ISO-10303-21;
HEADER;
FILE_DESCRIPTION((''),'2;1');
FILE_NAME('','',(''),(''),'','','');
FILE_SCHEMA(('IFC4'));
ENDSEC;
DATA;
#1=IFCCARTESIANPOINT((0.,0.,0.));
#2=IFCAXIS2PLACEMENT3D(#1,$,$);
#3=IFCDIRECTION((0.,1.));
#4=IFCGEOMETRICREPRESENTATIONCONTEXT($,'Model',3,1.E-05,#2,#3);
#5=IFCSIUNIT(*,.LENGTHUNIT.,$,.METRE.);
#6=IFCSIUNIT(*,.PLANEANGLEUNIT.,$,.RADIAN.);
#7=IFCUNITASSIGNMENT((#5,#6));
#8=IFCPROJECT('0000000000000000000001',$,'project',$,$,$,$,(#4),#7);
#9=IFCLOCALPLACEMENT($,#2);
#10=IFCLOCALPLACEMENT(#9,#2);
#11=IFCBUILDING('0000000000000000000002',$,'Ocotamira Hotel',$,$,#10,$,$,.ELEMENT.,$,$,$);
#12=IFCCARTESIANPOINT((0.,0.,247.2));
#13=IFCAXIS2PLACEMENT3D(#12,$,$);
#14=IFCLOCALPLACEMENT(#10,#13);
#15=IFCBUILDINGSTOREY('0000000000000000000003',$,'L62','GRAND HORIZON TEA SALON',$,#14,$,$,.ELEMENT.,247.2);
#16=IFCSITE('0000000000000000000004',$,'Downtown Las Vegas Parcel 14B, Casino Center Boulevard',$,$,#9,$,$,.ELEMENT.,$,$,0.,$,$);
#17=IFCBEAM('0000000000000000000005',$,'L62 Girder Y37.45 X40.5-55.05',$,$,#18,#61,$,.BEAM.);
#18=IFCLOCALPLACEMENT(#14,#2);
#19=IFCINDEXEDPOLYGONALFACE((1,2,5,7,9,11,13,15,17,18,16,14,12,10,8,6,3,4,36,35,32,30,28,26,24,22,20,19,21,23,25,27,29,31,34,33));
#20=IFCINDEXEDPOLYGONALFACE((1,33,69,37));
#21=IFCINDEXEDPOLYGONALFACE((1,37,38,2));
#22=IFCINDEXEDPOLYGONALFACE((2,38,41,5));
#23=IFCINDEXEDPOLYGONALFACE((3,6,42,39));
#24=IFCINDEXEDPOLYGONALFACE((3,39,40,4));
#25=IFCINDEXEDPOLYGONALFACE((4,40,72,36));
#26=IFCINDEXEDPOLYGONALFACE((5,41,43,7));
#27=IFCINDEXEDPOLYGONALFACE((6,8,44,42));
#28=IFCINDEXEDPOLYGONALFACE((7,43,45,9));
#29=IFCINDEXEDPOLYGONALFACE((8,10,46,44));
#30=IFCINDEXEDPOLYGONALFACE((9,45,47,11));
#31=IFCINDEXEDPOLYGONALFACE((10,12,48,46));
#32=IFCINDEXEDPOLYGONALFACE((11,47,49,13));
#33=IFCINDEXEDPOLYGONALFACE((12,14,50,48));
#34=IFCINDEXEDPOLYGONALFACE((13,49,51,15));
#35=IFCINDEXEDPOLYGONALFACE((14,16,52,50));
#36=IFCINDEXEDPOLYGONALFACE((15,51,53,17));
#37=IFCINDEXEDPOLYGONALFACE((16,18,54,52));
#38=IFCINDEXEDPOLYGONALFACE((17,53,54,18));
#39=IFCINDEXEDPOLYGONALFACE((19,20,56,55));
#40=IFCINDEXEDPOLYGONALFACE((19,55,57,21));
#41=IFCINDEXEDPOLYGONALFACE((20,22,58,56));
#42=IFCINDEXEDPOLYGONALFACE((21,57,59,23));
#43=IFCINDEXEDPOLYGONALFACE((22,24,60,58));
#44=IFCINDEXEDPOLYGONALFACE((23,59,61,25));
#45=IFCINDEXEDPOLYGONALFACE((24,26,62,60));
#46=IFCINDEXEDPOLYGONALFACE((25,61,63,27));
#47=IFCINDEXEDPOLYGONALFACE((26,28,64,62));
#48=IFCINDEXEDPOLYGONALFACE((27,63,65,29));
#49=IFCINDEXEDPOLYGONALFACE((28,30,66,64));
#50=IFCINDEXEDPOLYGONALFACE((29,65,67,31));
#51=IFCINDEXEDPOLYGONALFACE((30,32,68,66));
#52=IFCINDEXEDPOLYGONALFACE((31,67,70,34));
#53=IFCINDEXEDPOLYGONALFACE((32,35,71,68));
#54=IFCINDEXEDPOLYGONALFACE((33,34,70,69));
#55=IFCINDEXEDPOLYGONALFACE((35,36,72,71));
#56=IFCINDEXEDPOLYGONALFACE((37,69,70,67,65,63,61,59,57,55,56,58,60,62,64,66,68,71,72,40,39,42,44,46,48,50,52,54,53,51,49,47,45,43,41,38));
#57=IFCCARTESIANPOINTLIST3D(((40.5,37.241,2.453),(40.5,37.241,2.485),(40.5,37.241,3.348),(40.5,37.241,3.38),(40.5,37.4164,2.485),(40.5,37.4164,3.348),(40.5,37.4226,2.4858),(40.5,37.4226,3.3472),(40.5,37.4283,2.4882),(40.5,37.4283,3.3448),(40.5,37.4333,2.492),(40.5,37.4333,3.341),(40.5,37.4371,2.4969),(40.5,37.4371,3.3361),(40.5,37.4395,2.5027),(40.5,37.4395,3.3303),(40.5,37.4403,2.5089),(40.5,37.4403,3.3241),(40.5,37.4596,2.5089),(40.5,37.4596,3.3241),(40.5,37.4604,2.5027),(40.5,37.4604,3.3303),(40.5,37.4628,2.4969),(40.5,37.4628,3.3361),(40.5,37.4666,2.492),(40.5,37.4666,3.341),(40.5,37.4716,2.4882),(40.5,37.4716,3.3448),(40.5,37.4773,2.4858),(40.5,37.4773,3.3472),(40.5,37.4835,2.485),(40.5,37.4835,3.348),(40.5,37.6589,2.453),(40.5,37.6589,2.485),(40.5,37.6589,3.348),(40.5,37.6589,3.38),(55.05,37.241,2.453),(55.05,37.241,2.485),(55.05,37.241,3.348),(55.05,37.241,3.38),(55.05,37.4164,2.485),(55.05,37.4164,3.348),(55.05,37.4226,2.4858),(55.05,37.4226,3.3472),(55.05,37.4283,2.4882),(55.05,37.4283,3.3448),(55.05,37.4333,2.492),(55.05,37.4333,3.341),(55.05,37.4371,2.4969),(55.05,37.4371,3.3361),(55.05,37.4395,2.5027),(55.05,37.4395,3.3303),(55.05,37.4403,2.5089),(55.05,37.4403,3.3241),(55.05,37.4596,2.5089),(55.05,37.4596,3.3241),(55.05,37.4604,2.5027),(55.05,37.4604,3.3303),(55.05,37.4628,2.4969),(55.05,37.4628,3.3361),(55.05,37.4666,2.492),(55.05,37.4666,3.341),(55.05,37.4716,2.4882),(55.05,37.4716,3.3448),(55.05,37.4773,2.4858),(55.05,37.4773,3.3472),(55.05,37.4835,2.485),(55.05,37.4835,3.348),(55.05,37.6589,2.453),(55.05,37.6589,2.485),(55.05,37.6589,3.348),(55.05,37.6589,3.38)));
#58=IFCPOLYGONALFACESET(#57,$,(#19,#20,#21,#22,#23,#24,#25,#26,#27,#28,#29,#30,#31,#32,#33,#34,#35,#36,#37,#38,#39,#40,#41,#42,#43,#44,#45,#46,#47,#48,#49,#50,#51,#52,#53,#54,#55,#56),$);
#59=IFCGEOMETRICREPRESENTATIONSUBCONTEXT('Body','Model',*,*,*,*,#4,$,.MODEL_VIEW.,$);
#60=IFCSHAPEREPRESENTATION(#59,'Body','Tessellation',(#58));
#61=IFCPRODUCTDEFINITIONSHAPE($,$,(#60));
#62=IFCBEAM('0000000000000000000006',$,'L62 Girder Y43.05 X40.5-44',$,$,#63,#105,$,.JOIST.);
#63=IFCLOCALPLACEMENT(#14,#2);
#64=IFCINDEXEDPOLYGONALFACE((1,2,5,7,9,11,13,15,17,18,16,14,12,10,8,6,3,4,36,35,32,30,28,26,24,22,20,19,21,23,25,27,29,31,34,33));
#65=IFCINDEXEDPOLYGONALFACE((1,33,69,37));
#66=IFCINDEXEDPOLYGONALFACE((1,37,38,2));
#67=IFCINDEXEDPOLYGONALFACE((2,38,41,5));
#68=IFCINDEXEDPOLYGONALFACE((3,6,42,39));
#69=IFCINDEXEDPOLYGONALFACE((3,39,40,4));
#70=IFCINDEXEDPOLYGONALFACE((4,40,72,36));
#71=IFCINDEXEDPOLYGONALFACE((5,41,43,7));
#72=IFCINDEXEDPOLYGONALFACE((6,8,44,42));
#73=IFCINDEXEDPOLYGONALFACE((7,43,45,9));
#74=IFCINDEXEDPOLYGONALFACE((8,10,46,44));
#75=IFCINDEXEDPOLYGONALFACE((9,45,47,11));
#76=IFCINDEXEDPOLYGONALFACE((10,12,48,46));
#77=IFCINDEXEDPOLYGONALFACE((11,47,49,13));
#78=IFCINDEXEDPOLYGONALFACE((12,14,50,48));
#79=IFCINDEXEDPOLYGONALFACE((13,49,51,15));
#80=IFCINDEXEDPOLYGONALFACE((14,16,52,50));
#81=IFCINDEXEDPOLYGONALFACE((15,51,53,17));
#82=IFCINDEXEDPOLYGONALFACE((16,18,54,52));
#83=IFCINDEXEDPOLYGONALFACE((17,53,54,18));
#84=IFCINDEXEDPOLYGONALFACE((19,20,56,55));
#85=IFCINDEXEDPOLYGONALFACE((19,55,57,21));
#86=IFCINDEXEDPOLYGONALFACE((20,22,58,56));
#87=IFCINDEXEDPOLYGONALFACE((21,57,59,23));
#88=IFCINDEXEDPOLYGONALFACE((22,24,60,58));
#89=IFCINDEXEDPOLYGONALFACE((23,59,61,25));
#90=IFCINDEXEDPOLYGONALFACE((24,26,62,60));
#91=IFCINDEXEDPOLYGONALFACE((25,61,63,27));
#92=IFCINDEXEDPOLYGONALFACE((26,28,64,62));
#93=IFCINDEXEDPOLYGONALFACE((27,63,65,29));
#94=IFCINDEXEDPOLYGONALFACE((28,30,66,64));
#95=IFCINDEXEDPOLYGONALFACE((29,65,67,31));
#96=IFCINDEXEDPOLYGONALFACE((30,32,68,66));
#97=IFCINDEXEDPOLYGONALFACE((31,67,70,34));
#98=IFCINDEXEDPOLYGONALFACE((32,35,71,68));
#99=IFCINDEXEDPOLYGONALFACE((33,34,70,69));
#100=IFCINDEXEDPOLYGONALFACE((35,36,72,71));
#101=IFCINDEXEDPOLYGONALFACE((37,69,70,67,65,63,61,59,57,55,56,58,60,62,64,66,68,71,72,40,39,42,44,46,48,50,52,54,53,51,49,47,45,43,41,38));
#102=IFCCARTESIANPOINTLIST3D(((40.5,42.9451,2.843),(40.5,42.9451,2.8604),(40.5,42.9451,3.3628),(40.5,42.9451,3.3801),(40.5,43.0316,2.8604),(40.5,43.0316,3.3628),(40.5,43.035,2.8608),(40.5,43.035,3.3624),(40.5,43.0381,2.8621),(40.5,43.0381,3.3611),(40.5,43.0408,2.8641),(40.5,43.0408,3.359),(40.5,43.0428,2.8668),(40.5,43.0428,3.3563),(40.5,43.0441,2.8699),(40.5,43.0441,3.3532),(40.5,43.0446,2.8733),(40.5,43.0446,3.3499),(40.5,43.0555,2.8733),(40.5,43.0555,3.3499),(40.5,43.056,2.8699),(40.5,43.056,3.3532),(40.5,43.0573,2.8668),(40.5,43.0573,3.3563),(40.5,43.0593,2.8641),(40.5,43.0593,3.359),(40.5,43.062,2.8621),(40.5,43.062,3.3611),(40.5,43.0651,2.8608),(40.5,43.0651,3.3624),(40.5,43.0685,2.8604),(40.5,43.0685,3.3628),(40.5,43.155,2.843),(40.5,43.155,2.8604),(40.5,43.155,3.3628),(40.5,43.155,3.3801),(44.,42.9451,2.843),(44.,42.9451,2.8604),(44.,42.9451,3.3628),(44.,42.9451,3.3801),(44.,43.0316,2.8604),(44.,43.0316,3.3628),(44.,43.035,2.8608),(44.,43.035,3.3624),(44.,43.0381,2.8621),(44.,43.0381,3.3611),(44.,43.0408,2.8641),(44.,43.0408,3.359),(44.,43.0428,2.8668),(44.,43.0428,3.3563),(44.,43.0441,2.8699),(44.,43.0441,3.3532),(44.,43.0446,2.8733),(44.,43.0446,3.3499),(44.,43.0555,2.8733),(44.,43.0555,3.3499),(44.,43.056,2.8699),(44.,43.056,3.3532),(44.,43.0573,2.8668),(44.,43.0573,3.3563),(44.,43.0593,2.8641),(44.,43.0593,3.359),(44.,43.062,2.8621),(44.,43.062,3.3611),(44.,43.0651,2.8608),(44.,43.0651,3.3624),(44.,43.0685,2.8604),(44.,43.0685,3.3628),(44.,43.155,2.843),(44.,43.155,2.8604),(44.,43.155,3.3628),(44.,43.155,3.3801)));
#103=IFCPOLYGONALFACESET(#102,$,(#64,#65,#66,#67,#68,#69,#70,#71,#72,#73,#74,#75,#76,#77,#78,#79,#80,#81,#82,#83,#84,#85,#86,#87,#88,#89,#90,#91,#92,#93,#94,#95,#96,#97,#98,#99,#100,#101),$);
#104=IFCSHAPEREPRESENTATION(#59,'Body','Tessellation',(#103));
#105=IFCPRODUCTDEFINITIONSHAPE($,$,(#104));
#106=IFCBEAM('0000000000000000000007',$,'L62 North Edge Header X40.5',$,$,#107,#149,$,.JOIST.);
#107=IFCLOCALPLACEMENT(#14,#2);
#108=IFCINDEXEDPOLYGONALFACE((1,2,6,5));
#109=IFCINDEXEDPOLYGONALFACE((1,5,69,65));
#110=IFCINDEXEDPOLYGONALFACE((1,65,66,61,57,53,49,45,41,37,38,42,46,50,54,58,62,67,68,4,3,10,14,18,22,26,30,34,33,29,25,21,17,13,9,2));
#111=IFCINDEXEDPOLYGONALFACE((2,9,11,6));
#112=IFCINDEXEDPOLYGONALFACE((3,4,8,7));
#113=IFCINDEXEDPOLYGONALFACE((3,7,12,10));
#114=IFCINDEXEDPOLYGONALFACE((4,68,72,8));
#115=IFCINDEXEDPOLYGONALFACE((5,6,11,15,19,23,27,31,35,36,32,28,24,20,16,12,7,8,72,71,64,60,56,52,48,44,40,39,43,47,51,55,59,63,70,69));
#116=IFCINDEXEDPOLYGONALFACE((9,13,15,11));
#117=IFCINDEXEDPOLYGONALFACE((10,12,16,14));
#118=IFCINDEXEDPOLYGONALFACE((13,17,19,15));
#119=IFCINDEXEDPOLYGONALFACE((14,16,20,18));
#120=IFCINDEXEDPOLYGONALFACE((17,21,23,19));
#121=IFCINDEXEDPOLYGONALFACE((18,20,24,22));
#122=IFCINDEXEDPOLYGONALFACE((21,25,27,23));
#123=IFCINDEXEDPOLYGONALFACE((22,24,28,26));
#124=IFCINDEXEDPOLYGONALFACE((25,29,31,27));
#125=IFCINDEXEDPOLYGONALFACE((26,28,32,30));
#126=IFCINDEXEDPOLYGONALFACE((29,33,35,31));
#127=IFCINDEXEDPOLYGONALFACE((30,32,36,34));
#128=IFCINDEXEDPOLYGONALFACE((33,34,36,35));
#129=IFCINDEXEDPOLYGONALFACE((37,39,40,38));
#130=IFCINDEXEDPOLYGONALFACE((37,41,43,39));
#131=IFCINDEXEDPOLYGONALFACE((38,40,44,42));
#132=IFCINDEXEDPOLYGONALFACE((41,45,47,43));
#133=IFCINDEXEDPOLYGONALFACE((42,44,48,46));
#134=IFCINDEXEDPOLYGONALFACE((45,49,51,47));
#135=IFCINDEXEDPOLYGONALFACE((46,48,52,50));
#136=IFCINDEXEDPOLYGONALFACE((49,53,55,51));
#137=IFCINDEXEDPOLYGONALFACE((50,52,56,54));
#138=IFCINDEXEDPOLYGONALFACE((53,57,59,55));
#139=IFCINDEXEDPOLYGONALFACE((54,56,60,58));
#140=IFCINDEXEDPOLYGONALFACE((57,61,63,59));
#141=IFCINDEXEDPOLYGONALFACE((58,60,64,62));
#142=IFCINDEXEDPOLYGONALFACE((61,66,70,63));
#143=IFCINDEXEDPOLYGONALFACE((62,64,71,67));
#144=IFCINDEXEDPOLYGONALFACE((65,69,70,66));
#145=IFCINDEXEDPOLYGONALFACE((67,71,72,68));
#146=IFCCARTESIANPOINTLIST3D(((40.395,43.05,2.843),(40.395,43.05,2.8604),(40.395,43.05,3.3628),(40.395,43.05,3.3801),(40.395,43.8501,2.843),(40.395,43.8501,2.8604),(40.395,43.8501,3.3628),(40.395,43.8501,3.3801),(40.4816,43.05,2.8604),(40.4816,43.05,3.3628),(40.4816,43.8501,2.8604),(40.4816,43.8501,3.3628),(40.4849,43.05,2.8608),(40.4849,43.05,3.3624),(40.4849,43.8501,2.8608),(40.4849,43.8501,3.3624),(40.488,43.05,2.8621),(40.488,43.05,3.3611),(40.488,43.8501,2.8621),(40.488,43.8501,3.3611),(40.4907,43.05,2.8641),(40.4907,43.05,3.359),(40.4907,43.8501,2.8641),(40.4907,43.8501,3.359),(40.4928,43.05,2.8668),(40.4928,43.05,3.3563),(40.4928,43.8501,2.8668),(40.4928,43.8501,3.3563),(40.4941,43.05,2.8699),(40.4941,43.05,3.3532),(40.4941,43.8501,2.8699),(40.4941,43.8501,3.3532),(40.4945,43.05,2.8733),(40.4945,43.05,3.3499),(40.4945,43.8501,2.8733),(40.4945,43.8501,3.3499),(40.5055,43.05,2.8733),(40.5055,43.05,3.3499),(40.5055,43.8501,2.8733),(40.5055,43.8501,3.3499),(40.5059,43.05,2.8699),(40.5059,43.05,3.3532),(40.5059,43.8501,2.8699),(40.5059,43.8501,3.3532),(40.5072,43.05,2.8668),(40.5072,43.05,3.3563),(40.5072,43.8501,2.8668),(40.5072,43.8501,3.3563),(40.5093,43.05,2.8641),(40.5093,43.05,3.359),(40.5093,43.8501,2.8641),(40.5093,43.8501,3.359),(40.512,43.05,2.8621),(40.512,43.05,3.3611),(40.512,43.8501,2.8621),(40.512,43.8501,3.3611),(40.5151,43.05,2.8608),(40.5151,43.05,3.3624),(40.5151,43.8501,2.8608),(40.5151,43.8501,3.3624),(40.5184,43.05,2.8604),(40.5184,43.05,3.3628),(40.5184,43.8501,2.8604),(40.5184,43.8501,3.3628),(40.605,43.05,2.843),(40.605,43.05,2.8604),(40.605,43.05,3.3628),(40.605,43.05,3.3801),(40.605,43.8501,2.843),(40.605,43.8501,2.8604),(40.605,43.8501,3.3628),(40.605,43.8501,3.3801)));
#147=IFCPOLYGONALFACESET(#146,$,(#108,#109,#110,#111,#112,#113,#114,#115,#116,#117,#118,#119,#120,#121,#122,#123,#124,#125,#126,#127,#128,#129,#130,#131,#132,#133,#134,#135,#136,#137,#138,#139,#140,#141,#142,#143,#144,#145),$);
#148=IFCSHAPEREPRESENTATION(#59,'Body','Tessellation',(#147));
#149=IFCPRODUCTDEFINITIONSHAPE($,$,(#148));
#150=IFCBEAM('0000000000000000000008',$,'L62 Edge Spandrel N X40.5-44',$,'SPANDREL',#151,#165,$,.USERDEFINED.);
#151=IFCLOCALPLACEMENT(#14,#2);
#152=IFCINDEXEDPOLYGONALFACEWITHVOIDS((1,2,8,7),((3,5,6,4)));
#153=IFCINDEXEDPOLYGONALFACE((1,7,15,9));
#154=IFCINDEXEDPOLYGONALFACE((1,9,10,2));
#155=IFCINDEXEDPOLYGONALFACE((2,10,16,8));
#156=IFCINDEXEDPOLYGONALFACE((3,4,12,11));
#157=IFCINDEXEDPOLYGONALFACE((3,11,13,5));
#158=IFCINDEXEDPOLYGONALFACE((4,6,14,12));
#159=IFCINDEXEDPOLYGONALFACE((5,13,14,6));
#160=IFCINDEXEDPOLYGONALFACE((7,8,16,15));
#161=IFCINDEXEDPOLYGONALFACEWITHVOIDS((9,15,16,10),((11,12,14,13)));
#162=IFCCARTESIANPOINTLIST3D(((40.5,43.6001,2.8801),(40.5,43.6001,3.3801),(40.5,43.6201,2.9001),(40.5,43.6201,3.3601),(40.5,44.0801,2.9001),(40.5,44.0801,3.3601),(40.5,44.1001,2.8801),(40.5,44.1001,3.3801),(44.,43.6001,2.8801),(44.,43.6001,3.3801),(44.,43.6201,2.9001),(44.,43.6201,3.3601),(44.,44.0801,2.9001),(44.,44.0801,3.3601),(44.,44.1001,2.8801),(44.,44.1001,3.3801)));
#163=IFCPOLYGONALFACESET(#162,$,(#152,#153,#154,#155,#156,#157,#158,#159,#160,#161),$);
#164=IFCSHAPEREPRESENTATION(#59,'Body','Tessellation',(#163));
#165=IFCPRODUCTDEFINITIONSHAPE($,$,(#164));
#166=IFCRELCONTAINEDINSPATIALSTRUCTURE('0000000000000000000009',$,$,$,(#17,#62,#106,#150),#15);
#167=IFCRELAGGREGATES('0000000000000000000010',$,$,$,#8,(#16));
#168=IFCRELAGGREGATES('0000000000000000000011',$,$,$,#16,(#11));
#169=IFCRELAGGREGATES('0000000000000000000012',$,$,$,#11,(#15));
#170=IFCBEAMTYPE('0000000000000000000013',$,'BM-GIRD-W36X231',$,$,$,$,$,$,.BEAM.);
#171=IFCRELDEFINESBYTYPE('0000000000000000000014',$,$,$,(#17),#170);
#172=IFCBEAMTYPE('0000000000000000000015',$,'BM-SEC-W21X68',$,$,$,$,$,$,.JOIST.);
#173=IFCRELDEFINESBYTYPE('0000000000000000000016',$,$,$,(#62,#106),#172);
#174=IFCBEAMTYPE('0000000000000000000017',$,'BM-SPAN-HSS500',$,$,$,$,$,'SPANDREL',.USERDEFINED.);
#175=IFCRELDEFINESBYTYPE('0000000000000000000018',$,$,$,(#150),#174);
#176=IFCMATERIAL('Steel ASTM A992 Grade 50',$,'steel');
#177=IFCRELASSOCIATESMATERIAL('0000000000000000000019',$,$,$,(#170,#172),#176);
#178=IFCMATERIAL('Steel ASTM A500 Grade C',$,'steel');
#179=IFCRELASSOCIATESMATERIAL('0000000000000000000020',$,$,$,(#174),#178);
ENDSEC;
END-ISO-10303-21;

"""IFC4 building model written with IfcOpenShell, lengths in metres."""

from ifc_helpers import new_model, si_unit, direction, frame, origin, origin_2d, place, context, subcontext, project, spatial, hollow_rectangle, i_section, extrude, source, transform, mapped, material, material_profile, profile_set, type_object, element, save


model = new_model("IFC4")

# Units and contexts
model_context = context("Model", 3, precision=1e-05, world=origin(), true_north=direction((0.0, 1.0)))
body_context = subcontext(model_context, "Body", "Model", "MODEL_VIEW")
ifc_project = project(units=[si_unit("LENGTHUNIT", "METRE"), si_unit("PLANEANGLEUNIT", "RADIAN")], contexts=[model_context])

# Site, building, storey
site_placement = place(None, origin())
site = spatial("IfcSite", under=ifc_project, at=site_placement, Name="Downtown Las Vegas Parcel 14B, Casino Center Boulevard", CompositionType="ELEMENT", RefElevation=0.0)
building_placement = place(site_placement, origin())
building = spatial("IfcBuilding", under=site, at=building_placement, Name="Ocotamira Hotel", CompositionType="ELEMENT")
storey_placement = place(building_placement, frame((0.0, 0.0, 247.2)))
storey = spatial("IfcBuildingStorey", under=building, at=storey_placement, Name="L62", Description="GRAND HORIZON TEA SALON", CompositionType="ELEMENT", Elevation=247.2)

# Shared definitions
ifc_material_1 = material(Name="Steel ASTM A992 Grade 50", Category="steel")

# Beams
ifc_material_profile_1 = material_profile(ifc_material_1, i_section(OverallWidth=0.418, OverallDepth=0.927, WebThickness=0.0193, FlangeThickness=0.032, FilletRadius=0.0239, at=origin_2d()), Name="W36X231")
ifc_profile_set_1 = profile_set([ifc_material_profile_1], Name="Steel ASTM A992 Grade 50")
beam_type_1 = type_object("IfcBeamType", Name="BM-GIRD-W36X231", PredefinedType="BEAM", material=ifc_profile_set_1)
shared_shape_1 = source(origin(), body_context, "Body", "SweptSolid", [
    extrude(i_section(OverallWidth=0.418, OverallDepth=0.927, WebThickness=0.0193, FlangeThickness=0.032, FilletRadius=0.0239, at=origin_2d()), origin(), (0.0, 0.0, 1.0), 14.55),
])
beam_1_placement = place(storey_placement, frame((40.5, 37.45, 2.9165), z_axis=(1.0, 0.0, 0.0), x_axis=(0.0, 1.0, 0.0)))
element("IfcBeam", 1, at=beam_1_placement, inside=storey, type_object=beam_type_1, Name="L62 Girder Y37.45 X40.5-55.05", PredefinedType="BEAM", context=body_context, shape_type="MappedRepresentation", body=[
    mapped(shared_shape_1, transform((0.0, 0.0, 0.0), scale=1.0)),
])
ifc_material_profile_2 = material_profile(ifc_material_1, i_section(OverallWidth=0.21, OverallDepth=0.5371, WebThickness=0.011, FlangeThickness=0.0173, FilletRadius=0.0129, at=origin_2d()), Name="W21X68")
ifc_profile_set_2 = profile_set([ifc_material_profile_2], Name="Steel ASTM A992 Grade 50")
beam_type_2 = type_object("IfcBeamType", Name="BM-SEC-W21X68", PredefinedType="JOIST", material=ifc_profile_set_2)
shared_shape_2 = source(origin(), body_context, "Body", "SweptSolid", [
    extrude(i_section(OverallWidth=0.21, OverallDepth=0.5371, WebThickness=0.011, FlangeThickness=0.0173, FilletRadius=0.0129, at=origin_2d()), origin(), (0.0, 0.0, 1.0), 3.5),
])
beam_2_placement = place(storey_placement, frame((40.5, 43.05, 3.1116), z_axis=(1.0, 0.0, 0.0), x_axis=(0.0, 1.0, 0.0)))
element("IfcBeam", 2, at=beam_2_placement, inside=storey, type_object=beam_type_2, Name="L62 Girder Y43.05 X40.5-44", PredefinedType="JOIST", context=body_context, shape_type="MappedRepresentation", body=[
    mapped(shared_shape_2, transform((0.0, 0.0, 0.0), scale=1.0)),
])
shared_shape_3 = source(origin(), body_context, "Body", "SweptSolid", [
    extrude(i_section(OverallWidth=0.21, OverallDepth=0.5371, WebThickness=0.011, FlangeThickness=0.0173, FilletRadius=0.0129, at=origin_2d()), origin(), (0.0, 0.0, 1.0), 0.8),
])
beam_3_placement = place(storey_placement, frame((40.5, 43.05, 3.1116), z_axis=(0.0, 1.0, 0.0), x_axis=(-1.0, 0.0, 0.0)))
element("IfcBeam", 3, at=beam_3_placement, inside=storey, type_object=beam_type_2, Name="L62 North Edge Header X40.5", PredefinedType="JOIST", context=body_context, shape_type="MappedRepresentation", body=[
    mapped(shared_shape_3, transform((0.0, 0.0, 0.0), scale=1.0)),
])
ifc_material_2 = material(Name="Steel ASTM A500 Grade C", Category="steel")
ifc_material_profile_3 = material_profile(ifc_material_2, hollow_rectangle(XDim=0.5, YDim=0.5, WallThickness=0.02, at=origin_2d()), Name="HSS500X500X20")
ifc_profile_set_3 = profile_set([ifc_material_profile_3], Name="Steel ASTM A500 Grade C")
beam_type_3 = type_object("IfcBeamType", Name="BM-SPAN-HSS500", ElementType="SPANDREL", PredefinedType="USERDEFINED", material=ifc_profile_set_3)
shared_shape_4 = source(origin(), body_context, "Body", "SweptSolid", [
    extrude(hollow_rectangle(XDim=0.5, YDim=0.5, WallThickness=0.02, at=origin_2d()), origin(), (0.0, 0.0, 1.0), 3.5),
])
beam_4_placement = place(storey_placement, frame((40.5, 43.8501, 3.1301), z_axis=(1.0, 0.0, 0.0), x_axis=(0.0, 1.0, 0.0)))
element("IfcBeam", 4, at=beam_4_placement, inside=storey, type_object=beam_type_3, Name="L62 Edge Spandrel N X40.5-44", ObjectType="SPANDREL", PredefinedType="USERDEFINED", context=body_context, shape_type="MappedRepresentation", body=[
    mapped(shared_shape_4, transform((0.0, 0.0, 0.0), scale=1.0)),
])

save(model, "model.ifc")
